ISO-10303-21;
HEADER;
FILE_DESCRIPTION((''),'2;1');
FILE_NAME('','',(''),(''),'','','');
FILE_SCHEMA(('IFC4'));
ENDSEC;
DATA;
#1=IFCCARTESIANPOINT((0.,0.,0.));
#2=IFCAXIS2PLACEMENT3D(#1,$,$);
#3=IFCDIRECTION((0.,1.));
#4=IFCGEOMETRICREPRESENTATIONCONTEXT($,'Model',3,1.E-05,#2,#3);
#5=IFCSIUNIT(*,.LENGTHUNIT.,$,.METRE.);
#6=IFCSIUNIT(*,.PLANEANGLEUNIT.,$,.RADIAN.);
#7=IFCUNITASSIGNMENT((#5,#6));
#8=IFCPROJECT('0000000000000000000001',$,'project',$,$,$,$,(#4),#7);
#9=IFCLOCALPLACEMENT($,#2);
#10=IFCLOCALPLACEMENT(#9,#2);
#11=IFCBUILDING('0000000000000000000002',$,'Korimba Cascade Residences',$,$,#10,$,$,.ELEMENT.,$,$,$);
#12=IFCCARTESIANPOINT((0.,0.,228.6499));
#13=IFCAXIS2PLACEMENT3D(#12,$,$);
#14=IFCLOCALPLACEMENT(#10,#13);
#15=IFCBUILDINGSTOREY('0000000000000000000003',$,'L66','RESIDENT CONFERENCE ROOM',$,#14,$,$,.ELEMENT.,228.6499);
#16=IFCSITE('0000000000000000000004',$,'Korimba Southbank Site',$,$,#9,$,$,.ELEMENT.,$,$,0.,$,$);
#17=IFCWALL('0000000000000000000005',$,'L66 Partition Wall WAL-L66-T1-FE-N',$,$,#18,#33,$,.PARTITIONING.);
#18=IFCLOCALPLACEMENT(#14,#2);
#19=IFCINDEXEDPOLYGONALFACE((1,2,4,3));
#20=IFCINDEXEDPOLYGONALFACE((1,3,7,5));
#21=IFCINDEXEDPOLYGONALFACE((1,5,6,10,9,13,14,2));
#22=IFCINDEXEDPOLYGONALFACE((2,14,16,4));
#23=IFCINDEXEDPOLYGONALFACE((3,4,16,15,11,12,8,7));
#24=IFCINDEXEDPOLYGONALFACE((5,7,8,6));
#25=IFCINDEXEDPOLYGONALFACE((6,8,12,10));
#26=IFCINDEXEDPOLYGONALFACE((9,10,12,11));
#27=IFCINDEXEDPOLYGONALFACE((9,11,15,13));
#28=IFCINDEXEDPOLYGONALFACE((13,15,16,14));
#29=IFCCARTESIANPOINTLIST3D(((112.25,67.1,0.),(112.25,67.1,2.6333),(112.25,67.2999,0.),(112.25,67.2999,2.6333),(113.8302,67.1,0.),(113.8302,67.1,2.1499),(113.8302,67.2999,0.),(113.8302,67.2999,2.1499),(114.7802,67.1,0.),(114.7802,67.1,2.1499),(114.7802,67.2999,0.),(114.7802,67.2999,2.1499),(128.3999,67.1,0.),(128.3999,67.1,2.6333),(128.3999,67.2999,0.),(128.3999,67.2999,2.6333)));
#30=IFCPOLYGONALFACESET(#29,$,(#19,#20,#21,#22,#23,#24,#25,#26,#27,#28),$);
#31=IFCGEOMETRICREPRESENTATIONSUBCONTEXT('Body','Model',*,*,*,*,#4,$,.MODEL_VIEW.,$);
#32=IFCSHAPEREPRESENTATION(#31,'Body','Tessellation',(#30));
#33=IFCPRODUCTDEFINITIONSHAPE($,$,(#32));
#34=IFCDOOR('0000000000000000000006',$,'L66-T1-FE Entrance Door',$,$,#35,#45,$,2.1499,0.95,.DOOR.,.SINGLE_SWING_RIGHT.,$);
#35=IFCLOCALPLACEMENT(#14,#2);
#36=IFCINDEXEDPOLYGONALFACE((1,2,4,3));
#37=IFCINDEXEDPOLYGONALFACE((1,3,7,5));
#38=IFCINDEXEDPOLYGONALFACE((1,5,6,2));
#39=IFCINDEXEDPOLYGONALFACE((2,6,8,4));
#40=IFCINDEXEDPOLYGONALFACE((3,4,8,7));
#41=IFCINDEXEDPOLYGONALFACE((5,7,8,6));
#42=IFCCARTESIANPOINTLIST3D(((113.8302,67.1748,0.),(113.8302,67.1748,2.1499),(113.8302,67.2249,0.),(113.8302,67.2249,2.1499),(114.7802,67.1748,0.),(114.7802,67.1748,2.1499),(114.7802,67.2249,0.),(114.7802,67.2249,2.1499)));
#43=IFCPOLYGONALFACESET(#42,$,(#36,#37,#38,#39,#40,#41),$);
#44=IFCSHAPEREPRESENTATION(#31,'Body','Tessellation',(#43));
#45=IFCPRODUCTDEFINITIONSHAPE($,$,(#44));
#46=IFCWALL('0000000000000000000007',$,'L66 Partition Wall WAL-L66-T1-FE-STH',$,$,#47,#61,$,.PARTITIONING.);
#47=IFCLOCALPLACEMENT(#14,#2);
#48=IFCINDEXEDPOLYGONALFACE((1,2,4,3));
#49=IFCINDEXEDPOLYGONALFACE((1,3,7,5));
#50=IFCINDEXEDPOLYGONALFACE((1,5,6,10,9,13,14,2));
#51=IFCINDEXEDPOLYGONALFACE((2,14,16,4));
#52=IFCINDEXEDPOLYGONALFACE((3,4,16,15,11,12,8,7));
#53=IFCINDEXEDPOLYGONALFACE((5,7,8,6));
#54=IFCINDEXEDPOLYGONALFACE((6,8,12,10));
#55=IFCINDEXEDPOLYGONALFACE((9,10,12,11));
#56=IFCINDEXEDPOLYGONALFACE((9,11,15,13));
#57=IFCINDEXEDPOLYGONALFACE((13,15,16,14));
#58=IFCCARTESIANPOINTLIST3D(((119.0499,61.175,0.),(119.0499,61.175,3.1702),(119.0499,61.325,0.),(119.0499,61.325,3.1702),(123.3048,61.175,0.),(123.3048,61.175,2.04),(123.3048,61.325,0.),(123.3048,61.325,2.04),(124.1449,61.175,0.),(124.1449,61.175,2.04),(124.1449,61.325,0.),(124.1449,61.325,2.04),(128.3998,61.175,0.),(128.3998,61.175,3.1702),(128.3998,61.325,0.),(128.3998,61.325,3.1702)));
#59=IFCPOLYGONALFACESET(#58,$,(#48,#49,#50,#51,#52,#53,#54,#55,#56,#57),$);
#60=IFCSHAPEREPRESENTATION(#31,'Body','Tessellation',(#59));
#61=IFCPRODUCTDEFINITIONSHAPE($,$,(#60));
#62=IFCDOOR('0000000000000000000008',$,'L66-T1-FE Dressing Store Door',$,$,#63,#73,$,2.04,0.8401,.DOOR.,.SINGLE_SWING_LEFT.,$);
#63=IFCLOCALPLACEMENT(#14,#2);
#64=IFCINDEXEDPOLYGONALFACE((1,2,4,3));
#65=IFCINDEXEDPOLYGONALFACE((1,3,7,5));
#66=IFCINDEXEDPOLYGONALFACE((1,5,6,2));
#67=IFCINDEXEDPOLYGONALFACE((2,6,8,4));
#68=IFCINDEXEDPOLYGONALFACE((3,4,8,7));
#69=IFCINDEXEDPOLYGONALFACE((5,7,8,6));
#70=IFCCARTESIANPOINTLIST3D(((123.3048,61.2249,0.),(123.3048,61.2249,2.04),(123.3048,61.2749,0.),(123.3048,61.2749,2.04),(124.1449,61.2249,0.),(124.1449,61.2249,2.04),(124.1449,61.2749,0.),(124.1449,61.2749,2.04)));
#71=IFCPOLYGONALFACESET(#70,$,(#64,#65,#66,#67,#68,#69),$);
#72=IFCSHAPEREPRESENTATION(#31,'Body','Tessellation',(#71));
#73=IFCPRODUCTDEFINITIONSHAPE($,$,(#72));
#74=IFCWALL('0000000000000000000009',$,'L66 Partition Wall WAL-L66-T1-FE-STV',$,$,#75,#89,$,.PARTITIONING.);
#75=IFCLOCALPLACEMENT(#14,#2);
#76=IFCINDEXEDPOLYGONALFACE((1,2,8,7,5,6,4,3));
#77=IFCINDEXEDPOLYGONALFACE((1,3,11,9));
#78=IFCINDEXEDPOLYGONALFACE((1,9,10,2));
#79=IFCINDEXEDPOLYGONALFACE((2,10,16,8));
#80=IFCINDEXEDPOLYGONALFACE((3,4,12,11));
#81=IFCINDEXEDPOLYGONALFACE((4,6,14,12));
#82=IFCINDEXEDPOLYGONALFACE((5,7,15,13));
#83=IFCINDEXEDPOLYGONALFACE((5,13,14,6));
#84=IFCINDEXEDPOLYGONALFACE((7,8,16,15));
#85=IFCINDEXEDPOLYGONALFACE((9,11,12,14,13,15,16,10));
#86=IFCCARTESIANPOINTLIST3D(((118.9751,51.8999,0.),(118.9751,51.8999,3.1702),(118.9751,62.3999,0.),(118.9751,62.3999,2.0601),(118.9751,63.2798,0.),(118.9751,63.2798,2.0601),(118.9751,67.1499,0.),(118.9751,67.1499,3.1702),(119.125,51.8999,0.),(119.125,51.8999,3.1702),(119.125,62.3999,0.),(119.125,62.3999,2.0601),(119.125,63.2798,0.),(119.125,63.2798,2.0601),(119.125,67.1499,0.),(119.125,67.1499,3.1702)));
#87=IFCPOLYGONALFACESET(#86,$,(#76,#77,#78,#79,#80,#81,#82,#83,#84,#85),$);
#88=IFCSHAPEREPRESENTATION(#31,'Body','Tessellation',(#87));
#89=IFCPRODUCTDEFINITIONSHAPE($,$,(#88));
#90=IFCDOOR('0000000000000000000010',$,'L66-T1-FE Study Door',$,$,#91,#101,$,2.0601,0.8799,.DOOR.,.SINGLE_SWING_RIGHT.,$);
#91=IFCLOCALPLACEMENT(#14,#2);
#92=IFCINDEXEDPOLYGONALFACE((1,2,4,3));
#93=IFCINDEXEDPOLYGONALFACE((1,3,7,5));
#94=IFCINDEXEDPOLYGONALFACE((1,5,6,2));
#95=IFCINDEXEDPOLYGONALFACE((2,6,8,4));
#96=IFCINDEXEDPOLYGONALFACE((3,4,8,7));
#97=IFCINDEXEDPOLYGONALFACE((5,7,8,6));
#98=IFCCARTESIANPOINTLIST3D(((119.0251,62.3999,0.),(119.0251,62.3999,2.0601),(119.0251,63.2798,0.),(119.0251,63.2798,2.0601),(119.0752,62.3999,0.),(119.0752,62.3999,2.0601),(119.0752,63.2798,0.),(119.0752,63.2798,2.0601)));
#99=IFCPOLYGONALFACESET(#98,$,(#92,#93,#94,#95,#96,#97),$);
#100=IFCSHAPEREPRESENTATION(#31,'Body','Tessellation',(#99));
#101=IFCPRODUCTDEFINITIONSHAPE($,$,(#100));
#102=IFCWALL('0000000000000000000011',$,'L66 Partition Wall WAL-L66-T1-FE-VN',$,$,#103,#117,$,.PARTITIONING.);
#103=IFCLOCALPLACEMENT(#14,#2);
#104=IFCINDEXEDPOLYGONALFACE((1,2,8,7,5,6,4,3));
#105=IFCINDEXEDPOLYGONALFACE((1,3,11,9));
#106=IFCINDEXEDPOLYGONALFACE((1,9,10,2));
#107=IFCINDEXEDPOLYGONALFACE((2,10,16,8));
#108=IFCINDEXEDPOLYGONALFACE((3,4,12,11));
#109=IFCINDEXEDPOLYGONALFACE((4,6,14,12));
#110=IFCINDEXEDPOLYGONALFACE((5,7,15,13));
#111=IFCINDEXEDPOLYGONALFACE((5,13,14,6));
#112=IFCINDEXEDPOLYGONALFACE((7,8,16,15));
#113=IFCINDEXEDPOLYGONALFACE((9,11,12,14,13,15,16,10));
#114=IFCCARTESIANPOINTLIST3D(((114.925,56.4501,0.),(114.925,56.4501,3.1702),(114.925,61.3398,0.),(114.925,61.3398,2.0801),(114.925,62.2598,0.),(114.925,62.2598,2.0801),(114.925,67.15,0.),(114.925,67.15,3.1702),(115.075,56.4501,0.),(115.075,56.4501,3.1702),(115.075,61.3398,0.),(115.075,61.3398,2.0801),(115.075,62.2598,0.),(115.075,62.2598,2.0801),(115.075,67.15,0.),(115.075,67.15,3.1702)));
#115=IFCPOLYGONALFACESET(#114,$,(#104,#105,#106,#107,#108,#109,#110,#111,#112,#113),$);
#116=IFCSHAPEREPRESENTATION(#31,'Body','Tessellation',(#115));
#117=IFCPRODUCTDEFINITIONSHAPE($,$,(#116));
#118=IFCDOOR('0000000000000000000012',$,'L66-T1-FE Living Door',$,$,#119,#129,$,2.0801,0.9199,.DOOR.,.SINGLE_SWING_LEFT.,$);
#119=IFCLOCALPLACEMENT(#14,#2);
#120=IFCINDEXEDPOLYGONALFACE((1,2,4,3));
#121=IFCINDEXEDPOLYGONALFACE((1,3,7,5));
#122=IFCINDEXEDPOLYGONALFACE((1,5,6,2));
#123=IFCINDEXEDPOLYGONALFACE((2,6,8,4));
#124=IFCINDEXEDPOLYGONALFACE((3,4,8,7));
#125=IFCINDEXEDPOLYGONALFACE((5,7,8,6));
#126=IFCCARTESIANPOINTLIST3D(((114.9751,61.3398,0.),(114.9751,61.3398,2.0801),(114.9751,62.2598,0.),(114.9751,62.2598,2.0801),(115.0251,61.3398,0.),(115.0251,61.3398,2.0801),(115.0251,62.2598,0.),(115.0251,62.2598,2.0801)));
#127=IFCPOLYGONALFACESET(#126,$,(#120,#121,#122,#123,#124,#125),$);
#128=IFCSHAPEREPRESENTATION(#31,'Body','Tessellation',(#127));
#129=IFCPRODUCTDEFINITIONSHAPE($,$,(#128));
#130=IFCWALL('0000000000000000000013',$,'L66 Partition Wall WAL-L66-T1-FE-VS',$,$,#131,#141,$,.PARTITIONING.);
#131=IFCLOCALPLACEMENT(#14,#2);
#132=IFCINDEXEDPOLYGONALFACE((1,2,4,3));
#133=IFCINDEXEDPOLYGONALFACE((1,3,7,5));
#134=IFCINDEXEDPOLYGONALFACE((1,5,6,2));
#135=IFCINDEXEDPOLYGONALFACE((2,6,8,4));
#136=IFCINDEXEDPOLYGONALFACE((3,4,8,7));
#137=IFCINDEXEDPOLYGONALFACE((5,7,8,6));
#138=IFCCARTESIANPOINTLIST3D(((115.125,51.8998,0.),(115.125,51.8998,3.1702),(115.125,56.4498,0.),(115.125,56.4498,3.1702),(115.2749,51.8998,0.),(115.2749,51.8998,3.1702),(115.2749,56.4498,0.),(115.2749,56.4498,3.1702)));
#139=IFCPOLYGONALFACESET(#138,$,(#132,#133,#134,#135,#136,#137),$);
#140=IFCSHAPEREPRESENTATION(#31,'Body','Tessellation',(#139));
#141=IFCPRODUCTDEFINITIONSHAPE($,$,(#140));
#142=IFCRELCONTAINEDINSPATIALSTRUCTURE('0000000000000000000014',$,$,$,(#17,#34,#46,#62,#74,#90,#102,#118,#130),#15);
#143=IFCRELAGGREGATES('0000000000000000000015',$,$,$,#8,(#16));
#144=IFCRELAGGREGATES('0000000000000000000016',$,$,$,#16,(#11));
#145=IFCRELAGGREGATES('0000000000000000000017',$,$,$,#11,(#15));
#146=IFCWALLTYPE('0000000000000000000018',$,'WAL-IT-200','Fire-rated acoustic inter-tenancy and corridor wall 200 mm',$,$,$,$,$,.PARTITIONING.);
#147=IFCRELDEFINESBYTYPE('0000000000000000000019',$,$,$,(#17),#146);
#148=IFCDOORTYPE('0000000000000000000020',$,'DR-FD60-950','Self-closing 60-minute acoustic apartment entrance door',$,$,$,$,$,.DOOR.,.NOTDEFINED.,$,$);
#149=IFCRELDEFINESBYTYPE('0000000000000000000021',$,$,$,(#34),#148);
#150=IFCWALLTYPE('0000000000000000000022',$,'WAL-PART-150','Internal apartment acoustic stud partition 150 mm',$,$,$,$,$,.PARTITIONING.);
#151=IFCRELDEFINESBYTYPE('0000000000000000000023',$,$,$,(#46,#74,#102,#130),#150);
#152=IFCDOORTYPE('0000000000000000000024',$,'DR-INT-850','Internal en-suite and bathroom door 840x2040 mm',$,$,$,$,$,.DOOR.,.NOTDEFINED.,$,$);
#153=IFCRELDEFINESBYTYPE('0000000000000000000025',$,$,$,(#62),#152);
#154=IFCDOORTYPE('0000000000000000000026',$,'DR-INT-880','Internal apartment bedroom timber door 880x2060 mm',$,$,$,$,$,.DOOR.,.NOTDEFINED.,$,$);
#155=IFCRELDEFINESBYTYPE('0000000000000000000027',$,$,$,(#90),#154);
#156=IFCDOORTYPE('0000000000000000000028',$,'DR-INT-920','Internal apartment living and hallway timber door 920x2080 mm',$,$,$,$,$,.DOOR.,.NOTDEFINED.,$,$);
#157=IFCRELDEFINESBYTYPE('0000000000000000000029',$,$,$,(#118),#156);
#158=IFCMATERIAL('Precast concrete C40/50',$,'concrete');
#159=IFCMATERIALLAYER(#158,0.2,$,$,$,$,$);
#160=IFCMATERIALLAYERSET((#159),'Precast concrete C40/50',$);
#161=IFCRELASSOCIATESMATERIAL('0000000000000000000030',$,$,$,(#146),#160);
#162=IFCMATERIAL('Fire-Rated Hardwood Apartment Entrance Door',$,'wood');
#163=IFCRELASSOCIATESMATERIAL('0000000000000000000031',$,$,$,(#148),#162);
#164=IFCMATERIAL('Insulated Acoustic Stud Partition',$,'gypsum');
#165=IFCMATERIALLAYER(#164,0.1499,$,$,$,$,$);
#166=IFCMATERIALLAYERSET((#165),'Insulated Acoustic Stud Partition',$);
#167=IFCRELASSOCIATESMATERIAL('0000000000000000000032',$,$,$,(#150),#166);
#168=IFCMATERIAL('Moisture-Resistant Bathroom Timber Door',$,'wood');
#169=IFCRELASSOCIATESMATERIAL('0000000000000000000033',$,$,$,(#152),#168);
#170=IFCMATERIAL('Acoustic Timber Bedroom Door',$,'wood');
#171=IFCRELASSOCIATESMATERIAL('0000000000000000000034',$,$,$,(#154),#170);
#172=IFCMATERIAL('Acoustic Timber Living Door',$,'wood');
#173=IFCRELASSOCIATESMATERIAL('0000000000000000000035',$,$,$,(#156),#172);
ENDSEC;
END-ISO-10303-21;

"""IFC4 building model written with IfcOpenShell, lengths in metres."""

from ifc_helpers import new_model, si_unit, direction, frame, frame_2d, origin, place, context, subcontext, project, spatial, rectangle, extrude, material, layer, layer_set, type_object, element, fill, save


model = new_model("IFC4")

# Units and contexts
model_context = context("Model", 3, precision=1e-05, world=origin(), true_north=direction((0.0, 1.0)))
body_context = subcontext(model_context, "Body", "Model", "MODEL_VIEW")
ifc_project = project(units=[si_unit("LENGTHUNIT", "METRE"), si_unit("PLANEANGLEUNIT", "RADIAN")], contexts=[model_context])

# Site, building, storey
site_placement = place(None, origin())
site = spatial("IfcSite", under=ifc_project, at=site_placement, Name="Korimba Southbank Site", CompositionType="ELEMENT", RefElevation=0.0)
building_placement = place(site_placement, origin())
building = spatial("IfcBuilding", under=site, at=building_placement, Name="Korimba Cascade Residences", CompositionType="ELEMENT")
storey_placement = place(building_placement, frame((0.0, 0.0, 228.6499)))
storey = spatial("IfcBuildingStorey", under=building, at=storey_placement, Name="L66", Description="RESIDENT CONFERENCE ROOM", CompositionType="ELEMENT", Elevation=228.6499)

# Walls, openings, doors
ifc_material_1 = material(Name="Precast concrete C40/50", Category="concrete")
ifc_layer_1 = layer(ifc_material_1, 0.2)
ifc_layer_set_1 = layer_set([ifc_layer_1], Name="Precast concrete C40/50")
wall_type_1 = type_object("IfcWallType", Name="WAL-IT-200", Description="Fire-rated acoustic inter-tenancy and corridor wall 200 mm", PredefinedType="PARTITIONING", material=ifc_layer_set_1)
wall_1_placement = place(storey_placement, frame((112.25, 67.2, 0.0), z_axis=(0.0, 0.0, 1.0), x_axis=(1.0, 0.0, 0.0)))
wall_1 = element("IfcWall", 1, at=wall_1_placement, inside=storey, type_object=wall_type_1, Name="L66 Partition Wall WAL-L66-T1-FE-N", PredefinedType="PARTITIONING", context=body_context, shape_type="SweptSolid", body=[
    extrude(rectangle(XDim=16.1499, YDim=0.2, at=frame_2d((8.075, 0.0))), origin(), (0.0, 0.0, 1.0), 2.6333),
])
opening_1_placement = place(wall_1_placement, frame((1.5801, 0.0, 0.0)))
opening_1 = element("IfcOpeningElement", 2, at=opening_1_placement, cuts=wall_1, PredefinedType="OPENING", context=body_context, shape_type="SweptSolid", body=[
    extrude(rectangle(XDim=0.95, YDim=2.1499, at=frame_2d((0.4751, 1.075))), frame((0.0, 0.1099, 0.0), z_axis=(0.0, -1.0, 0.0), x_axis=(1.0, 0.0, 0.0)), (0.0, 0.0, 1.0), 0.22),
])
ifc_material_2 = material(Name="Fire-Rated Hardwood Apartment Entrance Door", Category="wood")
door_type_1 = type_object("IfcDoorType", Name="DR-FD60-950", Description="Self-closing 60-minute acoustic apartment entrance door", OperationType="NOTDEFINED", PredefinedType="DOOR", material=ifc_material_2)
door_1_placement = place(opening_1_placement, origin())
door_1 = element("IfcDoor", 3, at=door_1_placement, inside=storey, type_object=door_type_1, Name="L66-T1-FE Entrance Door", OperationType="SINGLE_SWING_RIGHT", OverallHeight=2.1499, OverallWidth=0.95, PredefinedType="DOOR", context=body_context, shape_type="SweptSolid", body=[
    extrude(rectangle(XDim=0.95, YDim=2.1499, at=frame_2d((0.4751, 1.075))), frame((0.0, 0.0249, 0.0), z_axis=(0.0, -1.0, 0.0), x_axis=(1.0, 0.0, 0.0)), (0.0, 0.0, 1.0), 0.05),
])
fill(opening_1, door_1)
ifc_material_3 = material(Name="Insulated Acoustic Stud Partition", Category="gypsum")
ifc_layer_2 = layer(ifc_material_3, 0.1499)
ifc_layer_set_2 = layer_set([ifc_layer_2], Name="Insulated Acoustic Stud Partition")
wall_type_2 = type_object("IfcWallType", Name="WAL-PART-150", Description="Internal apartment acoustic stud partition 150 mm", PredefinedType="PARTITIONING", material=ifc_layer_set_2)
wall_2_placement = place(storey_placement, frame((119.05, 61.25, 0.0), z_axis=(0.0, 0.0, 1.0), x_axis=(1.0, 0.0, 0.0)))
wall_2 = element("IfcWall", 4, at=wall_2_placement, inside=storey, type_object=wall_type_2, Name="L66 Partition Wall WAL-L66-T1-FE-STH", PredefinedType="PARTITIONING", context=body_context, shape_type="SweptSolid", body=[
    extrude(rectangle(XDim=9.3499, YDim=0.1499, at=frame_2d((4.6748, 0.0))), origin(), (0.0, 0.0, 1.0), 3.1702),
])
opening_2_placement = place(wall_2_placement, frame((4.2549, 0.0, 0.0)))
opening_2 = element("IfcOpeningElement", 5, at=opening_2_placement, cuts=wall_2, PredefinedType="OPENING", context=body_context, shape_type="SweptSolid", body=[
    extrude(rectangle(XDim=0.8401, YDim=2.04, at=frame_2d((0.4199, 1.02))), frame((0.0, 0.085, 0.0), z_axis=(0.0, -1.0, 0.0), x_axis=(1.0, 0.0, 0.0)), (0.0, 0.0, 1.0), 0.1699),
])
ifc_material_4 = material(Name="Moisture-Resistant Bathroom Timber Door", Category="wood")
door_type_2 = type_object("IfcDoorType", Name="DR-INT-850", Description="Internal en-suite and bathroom door 840x2040 mm", OperationType="NOTDEFINED", PredefinedType="DOOR", material=ifc_material_4)
door_2_placement = place(opening_2_placement, origin())
door_2 = element("IfcDoor", 6, at=door_2_placement, inside=storey, type_object=door_type_2, Name="L66-T1-FE Dressing Store Door", OperationType="SINGLE_SWING_LEFT", OverallHeight=2.04, OverallWidth=0.8401, PredefinedType="DOOR", context=body_context, shape_type="SweptSolid", body=[
    extrude(rectangle(XDim=0.8401, YDim=2.04, at=frame_2d((0.4199, 1.02))), frame((0.0, 0.0249, 0.0), z_axis=(0.0, -1.0, 0.0), x_axis=(1.0, 0.0, 0.0)), (0.0, 0.0, 1.0), 0.05),
])
fill(opening_2, door_2)
wall_3_placement = place(storey_placement, frame((119.05, 51.8999, 0.0), z_axis=(0.0, 0.0, 1.0), x_axis=(0.0, 1.0, 0.0)))
wall_3 = element("IfcWall", 7, at=wall_3_placement, inside=storey, type_object=wall_type_2, Name="L66 Partition Wall WAL-L66-T1-FE-STV", PredefinedType="PARTITIONING", context=body_context, shape_type="SweptSolid", body=[
    extrude(rectangle(XDim=15.25, YDim=0.1499, at=frame_2d((7.625, 0.0))), origin(), (0.0, 0.0, 1.0), 3.1702),
])
opening_3_placement = place(wall_3_placement, frame((10.5, 0.0, 0.0)))
opening_3 = element("IfcOpeningElement", 8, at=opening_3_placement, cuts=wall_3, PredefinedType="OPENING", context=body_context, shape_type="SweptSolid", body=[
    extrude(rectangle(XDim=0.8799, YDim=2.0601, at=frame_2d((0.4399, 1.03))), frame((0.0, 0.085, 0.0), z_axis=(0.0, -1.0, 0.0), x_axis=(1.0, 0.0, 0.0)), (0.0, 0.0, 1.0), 0.1699),
])
ifc_material_5 = material(Name="Acoustic Timber Bedroom Door", Category="wood")
door_type_3 = type_object("IfcDoorType", Name="DR-INT-880", Description="Internal apartment bedroom timber door 880x2060 mm", OperationType="NOTDEFINED", PredefinedType="DOOR", material=ifc_material_5)
door_3_placement = place(opening_3_placement, origin())
door_3 = element("IfcDoor", 9, at=door_3_placement, inside=storey, type_object=door_type_3, Name="L66-T1-FE Study Door", OperationType="SINGLE_SWING_RIGHT", OverallHeight=2.0601, OverallWidth=0.8799, PredefinedType="DOOR", context=body_context, shape_type="SweptSolid", body=[
    extrude(rectangle(XDim=0.8799, YDim=2.0601, at=frame_2d((0.4399, 1.03))), frame((0.0, 0.0249, 0.0), z_axis=(0.0, -1.0, 0.0), x_axis=(1.0, 0.0, 0.0)), (0.0, 0.0, 1.0), 0.05),
])
fill(opening_3, door_3)
wall_4_placement = place(storey_placement, frame((115.0, 56.45, 0.0), z_axis=(0.0, 0.0, 1.0), x_axis=(0.0, 1.0, 0.0)))
wall_4 = element("IfcWall", 10, at=wall_4_placement, inside=storey, type_object=wall_type_2, Name="L66 Partition Wall WAL-L66-T1-FE-VN", PredefinedType="PARTITIONING", context=body_context, shape_type="SweptSolid", body=[
    extrude(rectangle(XDim=10.7, YDim=0.1499, at=frame_2d((5.3501, 0.0))), origin(), (0.0, 0.0, 1.0), 3.1702),
])
opening_4_placement = place(wall_4_placement, frame((4.8899, 0.0, 0.0)))
opening_4 = element("IfcOpeningElement", 11, at=opening_4_placement, cuts=wall_4, PredefinedType="OPENING", context=body_context, shape_type="SweptSolid", body=[
    extrude(rectangle(XDim=0.9199, YDim=2.0801, at=frame_2d((0.46, 1.04))), frame((0.0, 0.085, 0.0), z_axis=(0.0, -1.0, 0.0), x_axis=(1.0, 0.0, 0.0)), (0.0, 0.0, 1.0), 0.1699),
])
ifc_material_6 = material(Name="Acoustic Timber Living Door", Category="wood")
door_type_4 = type_object("IfcDoorType", Name="DR-INT-920", Description="Internal apartment living and hallway timber door 920x2080 mm", OperationType="NOTDEFINED", PredefinedType="DOOR", material=ifc_material_6)
door_4_placement = place(opening_4_placement, origin())
door_4 = element("IfcDoor", 12, at=door_4_placement, inside=storey, type_object=door_type_4, Name="L66-T1-FE Living Door", OperationType="SINGLE_SWING_LEFT", OverallHeight=2.0801, OverallWidth=0.9199, PredefinedType="DOOR", context=body_context, shape_type="SweptSolid", body=[
    extrude(rectangle(XDim=0.9199, YDim=2.0801, at=frame_2d((0.46, 1.04))), frame((0.0, 0.0249, 0.0), z_axis=(0.0, -1.0, 0.0), x_axis=(1.0, 0.0, 0.0)), (0.0, 0.0, 1.0), 0.05),
])
fill(opening_4, door_4)

# Wall
wall_5_placement = place(storey_placement, frame((115.2, 51.8999, 0.0), z_axis=(0.0, 0.0, 1.0), x_axis=(0.0, 1.0, 0.0)))
element("IfcWall", 13, at=wall_5_placement, inside=storey, type_object=wall_type_2, Name="L66 Partition Wall WAL-L66-T1-FE-VS", PredefinedType="PARTITIONING", context=body_context, shape_type="SweptSolid", body=[
    extrude(rectangle(XDim=4.55, YDim=0.1499, at=frame_2d((2.2749, 0.0))), origin(), (0.0, 0.0, 1.0), 3.1702),
])

save(model, "model.ifc")
